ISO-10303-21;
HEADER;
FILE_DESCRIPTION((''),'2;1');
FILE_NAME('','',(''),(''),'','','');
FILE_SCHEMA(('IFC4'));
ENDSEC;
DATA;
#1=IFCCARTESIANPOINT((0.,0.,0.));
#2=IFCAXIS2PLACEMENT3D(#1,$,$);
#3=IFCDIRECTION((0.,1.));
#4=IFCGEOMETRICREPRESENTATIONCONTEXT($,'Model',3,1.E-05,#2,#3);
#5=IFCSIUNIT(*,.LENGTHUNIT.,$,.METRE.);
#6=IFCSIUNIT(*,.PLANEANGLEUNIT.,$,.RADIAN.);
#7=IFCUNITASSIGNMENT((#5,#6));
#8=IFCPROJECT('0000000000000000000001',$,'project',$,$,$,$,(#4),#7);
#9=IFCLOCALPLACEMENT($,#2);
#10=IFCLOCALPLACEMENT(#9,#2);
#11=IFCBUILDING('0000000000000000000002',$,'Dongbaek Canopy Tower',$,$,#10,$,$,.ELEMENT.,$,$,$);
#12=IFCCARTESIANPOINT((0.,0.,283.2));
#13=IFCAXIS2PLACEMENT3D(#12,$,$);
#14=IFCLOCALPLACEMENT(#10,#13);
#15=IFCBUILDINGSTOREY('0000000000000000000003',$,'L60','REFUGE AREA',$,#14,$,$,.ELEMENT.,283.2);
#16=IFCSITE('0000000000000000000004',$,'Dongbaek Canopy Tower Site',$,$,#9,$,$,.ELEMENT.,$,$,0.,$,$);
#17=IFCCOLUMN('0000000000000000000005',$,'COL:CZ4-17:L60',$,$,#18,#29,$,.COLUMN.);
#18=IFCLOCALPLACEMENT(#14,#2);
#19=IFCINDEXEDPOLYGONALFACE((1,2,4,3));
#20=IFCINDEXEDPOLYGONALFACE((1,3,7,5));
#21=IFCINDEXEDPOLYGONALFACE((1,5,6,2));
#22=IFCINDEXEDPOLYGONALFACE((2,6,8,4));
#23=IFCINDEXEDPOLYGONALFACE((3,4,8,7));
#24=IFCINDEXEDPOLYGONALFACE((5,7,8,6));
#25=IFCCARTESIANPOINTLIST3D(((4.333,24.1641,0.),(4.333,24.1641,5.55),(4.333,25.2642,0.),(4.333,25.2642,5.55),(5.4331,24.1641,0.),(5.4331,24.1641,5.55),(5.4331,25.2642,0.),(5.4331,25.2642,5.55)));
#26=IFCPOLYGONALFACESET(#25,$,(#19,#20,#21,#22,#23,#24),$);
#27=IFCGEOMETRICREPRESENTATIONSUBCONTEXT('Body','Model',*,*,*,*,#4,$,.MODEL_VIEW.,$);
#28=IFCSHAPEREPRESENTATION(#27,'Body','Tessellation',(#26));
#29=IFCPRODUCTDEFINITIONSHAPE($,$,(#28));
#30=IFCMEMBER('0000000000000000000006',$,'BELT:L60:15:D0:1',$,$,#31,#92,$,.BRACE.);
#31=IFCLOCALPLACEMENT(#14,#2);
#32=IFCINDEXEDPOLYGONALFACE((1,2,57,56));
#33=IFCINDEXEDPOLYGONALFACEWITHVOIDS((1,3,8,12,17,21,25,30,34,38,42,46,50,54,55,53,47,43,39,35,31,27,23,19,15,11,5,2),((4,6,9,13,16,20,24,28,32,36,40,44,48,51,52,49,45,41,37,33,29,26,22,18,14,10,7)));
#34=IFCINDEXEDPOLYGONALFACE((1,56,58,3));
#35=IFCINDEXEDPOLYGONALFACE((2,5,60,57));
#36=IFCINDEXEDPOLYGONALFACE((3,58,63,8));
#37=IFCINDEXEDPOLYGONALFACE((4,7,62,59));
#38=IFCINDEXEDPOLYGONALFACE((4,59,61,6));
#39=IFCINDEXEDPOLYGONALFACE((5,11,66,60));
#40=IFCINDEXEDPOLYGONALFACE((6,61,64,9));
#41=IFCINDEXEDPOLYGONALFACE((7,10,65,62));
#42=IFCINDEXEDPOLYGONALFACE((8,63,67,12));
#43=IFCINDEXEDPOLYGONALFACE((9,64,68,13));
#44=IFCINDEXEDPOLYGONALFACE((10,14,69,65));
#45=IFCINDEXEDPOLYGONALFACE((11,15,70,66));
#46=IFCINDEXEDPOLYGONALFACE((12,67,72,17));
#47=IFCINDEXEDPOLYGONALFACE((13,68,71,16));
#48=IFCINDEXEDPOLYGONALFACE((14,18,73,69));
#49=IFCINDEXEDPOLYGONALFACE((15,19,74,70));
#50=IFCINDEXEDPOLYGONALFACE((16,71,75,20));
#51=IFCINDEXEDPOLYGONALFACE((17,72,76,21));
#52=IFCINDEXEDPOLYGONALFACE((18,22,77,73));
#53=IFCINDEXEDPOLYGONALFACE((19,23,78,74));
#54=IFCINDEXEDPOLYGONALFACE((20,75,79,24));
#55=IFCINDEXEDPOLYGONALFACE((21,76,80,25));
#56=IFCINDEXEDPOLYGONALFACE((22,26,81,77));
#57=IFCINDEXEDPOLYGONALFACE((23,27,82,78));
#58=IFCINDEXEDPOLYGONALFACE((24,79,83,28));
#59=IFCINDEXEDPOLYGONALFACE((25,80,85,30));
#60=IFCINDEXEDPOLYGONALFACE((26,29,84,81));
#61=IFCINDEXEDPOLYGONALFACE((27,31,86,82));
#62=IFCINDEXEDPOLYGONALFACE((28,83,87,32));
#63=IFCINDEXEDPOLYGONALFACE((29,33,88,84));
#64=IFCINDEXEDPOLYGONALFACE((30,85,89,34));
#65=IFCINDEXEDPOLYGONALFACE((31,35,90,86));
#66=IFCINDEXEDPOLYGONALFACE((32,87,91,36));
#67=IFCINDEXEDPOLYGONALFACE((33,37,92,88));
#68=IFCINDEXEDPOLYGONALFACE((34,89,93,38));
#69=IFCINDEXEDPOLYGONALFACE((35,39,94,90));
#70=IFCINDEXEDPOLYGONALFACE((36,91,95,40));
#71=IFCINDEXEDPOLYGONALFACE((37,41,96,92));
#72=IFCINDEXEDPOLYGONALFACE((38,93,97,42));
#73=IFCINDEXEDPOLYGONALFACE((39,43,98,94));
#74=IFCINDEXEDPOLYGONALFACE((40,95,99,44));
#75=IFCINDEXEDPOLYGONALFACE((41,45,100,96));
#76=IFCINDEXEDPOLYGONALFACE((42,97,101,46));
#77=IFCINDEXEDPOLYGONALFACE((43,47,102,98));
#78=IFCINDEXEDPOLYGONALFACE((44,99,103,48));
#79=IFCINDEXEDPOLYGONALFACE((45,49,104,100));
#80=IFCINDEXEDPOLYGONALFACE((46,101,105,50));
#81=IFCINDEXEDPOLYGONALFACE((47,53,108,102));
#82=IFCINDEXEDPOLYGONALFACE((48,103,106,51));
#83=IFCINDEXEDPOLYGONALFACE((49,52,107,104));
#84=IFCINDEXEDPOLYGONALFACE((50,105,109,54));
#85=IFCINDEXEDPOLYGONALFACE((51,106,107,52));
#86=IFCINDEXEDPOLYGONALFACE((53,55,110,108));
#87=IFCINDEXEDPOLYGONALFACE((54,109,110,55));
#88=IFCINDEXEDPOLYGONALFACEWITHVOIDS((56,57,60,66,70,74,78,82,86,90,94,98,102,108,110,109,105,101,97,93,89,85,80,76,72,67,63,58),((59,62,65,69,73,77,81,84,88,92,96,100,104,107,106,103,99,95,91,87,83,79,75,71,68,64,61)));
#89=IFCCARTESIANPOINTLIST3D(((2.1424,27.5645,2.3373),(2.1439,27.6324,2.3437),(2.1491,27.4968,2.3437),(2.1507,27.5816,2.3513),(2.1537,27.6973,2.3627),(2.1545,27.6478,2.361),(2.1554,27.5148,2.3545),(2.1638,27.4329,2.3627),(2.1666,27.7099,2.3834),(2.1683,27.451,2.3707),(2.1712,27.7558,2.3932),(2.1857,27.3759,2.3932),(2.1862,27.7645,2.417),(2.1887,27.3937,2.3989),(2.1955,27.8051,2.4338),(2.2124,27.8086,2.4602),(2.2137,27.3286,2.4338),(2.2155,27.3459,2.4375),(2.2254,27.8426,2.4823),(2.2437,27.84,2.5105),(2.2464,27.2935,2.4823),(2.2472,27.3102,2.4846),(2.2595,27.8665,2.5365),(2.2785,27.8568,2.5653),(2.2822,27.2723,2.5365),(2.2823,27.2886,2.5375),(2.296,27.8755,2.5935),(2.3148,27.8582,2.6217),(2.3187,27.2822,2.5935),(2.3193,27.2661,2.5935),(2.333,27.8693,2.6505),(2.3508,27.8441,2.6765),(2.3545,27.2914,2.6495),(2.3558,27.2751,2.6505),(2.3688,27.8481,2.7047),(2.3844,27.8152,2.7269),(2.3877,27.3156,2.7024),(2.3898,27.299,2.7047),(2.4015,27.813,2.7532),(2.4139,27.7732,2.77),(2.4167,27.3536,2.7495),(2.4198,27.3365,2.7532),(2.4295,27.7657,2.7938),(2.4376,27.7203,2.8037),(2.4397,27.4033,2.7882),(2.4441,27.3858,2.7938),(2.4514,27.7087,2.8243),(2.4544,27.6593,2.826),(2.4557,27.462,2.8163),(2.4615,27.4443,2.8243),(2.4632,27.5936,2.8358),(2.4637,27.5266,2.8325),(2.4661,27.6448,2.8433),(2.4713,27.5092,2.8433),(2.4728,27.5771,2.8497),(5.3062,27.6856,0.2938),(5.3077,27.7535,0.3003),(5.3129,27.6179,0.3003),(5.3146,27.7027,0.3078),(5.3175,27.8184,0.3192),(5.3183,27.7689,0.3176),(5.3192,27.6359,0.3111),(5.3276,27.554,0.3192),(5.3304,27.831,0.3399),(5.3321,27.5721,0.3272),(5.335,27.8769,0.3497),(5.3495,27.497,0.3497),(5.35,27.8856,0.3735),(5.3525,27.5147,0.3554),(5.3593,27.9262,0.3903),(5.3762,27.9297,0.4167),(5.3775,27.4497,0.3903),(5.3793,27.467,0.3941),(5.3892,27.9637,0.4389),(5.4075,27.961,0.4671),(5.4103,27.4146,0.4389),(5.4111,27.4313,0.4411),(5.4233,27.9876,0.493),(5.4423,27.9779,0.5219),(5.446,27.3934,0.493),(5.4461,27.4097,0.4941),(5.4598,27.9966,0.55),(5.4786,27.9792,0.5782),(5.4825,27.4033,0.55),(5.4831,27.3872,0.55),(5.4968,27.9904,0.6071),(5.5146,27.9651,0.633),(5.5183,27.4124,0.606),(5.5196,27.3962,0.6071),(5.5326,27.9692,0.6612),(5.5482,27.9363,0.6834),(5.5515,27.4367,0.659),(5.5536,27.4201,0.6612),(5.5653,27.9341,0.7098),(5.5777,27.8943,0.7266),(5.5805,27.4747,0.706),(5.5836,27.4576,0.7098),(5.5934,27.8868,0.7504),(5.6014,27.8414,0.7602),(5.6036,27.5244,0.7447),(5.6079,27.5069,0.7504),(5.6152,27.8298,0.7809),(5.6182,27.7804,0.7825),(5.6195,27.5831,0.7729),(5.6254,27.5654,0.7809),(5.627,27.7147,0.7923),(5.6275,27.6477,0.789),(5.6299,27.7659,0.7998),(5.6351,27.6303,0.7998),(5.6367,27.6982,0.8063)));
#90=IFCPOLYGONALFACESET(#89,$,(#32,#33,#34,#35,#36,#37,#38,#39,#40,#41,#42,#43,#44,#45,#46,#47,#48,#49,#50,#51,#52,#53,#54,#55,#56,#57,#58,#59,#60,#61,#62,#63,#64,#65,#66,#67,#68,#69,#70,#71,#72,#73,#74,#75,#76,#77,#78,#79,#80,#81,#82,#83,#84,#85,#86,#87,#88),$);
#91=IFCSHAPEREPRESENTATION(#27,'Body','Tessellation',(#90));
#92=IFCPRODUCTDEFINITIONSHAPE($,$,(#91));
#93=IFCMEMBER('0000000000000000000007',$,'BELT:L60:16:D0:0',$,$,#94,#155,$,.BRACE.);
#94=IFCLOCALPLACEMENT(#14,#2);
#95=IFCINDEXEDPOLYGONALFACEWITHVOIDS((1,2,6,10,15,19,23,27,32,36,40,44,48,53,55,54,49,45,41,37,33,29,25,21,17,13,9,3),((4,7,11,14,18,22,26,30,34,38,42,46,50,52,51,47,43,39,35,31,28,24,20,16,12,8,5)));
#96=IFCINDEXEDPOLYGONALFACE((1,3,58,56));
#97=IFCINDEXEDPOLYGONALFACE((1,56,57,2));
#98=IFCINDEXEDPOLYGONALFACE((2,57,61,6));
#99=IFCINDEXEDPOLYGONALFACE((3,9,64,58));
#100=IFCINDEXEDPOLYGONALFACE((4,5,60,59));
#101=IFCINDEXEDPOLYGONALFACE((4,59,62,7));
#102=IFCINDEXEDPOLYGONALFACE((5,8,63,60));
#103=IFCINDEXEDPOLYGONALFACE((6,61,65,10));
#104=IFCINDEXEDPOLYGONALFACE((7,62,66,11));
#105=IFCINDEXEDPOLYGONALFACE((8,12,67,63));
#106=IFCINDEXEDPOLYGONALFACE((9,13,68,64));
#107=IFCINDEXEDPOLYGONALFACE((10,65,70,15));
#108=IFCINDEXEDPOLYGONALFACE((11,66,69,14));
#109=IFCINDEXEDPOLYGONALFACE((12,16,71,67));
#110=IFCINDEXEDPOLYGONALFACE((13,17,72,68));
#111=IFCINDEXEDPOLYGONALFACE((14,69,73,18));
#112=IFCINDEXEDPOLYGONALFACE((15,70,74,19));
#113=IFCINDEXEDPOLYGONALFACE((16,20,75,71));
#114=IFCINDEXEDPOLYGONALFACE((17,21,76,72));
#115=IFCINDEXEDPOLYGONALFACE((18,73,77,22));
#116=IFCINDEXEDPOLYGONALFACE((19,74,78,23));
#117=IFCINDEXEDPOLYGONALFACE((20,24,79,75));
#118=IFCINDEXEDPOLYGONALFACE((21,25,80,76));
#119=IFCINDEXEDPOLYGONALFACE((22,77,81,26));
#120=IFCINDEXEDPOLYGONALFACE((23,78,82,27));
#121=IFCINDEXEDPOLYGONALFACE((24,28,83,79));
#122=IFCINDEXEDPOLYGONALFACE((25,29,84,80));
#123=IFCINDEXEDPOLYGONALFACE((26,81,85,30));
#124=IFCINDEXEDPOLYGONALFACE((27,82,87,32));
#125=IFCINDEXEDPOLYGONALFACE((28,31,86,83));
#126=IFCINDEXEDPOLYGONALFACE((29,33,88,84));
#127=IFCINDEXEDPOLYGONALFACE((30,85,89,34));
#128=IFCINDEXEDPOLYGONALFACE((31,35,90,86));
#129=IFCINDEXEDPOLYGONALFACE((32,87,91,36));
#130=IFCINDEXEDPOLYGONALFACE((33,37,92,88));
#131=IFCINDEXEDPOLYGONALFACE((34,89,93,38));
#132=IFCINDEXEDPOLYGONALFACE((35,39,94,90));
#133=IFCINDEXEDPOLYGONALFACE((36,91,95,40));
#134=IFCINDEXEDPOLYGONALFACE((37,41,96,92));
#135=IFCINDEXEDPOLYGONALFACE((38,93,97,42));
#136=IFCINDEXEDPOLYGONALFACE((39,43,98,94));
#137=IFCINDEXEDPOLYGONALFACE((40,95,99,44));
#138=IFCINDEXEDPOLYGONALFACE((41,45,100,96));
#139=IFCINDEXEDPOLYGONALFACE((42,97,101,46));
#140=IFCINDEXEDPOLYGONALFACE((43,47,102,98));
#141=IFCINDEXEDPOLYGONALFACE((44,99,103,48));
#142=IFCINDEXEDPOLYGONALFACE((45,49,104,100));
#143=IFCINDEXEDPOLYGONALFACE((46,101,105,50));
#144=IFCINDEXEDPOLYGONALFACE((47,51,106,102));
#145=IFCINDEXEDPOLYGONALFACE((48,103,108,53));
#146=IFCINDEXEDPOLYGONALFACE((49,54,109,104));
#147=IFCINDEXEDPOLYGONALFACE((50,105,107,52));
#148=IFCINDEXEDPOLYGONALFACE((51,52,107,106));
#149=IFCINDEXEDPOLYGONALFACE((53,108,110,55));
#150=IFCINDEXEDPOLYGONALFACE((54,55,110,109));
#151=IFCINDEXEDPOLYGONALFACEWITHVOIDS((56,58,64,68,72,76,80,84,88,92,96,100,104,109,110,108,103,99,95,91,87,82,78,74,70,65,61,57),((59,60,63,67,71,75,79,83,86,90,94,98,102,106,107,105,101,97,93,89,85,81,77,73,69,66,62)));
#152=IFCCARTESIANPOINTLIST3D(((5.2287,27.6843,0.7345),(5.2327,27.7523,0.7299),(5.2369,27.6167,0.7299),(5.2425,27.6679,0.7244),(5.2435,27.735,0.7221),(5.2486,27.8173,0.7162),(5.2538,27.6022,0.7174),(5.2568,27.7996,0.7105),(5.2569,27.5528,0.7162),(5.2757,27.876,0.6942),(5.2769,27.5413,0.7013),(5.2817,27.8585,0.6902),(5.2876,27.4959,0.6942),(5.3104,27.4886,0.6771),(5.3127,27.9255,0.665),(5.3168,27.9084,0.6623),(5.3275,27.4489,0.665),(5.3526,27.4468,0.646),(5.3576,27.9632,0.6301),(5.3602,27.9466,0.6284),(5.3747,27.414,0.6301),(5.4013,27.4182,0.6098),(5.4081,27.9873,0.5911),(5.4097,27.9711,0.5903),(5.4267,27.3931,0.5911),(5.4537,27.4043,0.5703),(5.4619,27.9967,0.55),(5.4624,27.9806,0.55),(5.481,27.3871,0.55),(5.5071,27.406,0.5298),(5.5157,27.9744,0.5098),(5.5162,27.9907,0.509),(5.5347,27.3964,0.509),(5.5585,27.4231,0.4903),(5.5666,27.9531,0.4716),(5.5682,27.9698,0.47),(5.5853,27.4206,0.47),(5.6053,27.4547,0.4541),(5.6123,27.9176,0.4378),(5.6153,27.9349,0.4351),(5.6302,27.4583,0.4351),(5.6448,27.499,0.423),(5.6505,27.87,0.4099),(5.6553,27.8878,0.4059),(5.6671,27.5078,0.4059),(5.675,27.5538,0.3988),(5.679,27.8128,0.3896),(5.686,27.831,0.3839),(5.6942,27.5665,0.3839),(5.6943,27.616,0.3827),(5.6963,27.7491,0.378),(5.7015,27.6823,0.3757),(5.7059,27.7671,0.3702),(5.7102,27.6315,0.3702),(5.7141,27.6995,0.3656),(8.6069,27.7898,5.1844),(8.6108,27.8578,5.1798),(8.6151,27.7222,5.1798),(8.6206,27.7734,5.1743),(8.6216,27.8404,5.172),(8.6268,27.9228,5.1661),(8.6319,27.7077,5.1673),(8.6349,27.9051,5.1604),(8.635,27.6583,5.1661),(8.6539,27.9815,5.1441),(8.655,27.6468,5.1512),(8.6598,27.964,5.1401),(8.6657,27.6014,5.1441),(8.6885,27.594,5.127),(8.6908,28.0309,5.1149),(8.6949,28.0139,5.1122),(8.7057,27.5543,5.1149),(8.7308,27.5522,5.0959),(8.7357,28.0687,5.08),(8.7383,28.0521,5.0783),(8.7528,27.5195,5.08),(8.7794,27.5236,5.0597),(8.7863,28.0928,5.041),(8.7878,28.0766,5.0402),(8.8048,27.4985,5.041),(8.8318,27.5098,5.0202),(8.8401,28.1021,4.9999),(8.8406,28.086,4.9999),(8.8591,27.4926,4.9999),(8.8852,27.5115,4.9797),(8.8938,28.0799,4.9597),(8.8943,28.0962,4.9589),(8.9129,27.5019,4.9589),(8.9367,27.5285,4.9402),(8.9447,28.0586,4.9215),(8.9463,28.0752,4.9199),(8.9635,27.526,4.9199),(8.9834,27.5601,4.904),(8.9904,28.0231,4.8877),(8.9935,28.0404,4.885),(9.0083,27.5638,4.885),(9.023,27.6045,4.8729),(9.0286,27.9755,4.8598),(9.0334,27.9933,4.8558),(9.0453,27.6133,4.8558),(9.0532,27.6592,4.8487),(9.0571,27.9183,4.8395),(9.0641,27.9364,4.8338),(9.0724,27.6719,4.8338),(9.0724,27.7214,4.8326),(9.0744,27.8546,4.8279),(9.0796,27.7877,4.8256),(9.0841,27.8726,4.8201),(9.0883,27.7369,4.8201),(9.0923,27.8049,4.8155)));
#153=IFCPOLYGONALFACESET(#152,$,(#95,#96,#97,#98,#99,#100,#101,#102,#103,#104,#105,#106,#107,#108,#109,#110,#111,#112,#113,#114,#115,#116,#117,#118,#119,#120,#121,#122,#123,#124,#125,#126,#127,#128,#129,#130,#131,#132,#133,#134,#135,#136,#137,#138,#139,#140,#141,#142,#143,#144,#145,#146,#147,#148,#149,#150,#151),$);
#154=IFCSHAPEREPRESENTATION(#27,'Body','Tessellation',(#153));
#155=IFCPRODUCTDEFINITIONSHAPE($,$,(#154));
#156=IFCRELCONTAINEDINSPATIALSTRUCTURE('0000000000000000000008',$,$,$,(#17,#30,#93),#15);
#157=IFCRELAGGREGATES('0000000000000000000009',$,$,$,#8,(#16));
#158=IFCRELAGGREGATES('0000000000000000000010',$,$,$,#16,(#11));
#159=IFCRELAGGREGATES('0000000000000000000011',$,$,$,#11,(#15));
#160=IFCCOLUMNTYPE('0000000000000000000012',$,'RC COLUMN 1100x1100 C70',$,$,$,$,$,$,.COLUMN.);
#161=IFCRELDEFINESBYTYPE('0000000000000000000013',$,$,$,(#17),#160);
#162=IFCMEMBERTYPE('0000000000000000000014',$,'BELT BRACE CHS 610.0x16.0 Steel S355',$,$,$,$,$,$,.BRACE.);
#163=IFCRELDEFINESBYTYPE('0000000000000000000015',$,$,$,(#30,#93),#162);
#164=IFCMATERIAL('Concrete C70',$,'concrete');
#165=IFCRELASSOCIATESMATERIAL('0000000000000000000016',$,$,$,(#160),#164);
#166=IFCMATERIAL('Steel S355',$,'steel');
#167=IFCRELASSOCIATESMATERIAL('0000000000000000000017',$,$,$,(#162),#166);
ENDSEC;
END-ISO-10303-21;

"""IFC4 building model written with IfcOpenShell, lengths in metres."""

from ifc_helpers import new_model, si_unit, direction, frame, origin, origin_2d, place, context, subcontext, project, spatial, rectangle, hollow_circle, extrude, material, material_profile, profile_set, type_object, element, save


model = new_model("IFC4")

# Units and contexts
model_context = context("Model", 3, precision=1e-05, world=origin(), true_north=direction((0.0, 1.0)))
body_context = subcontext(model_context, "Body", "Model", "MODEL_VIEW")
ifc_project = project(units=[si_unit("LENGTHUNIT", "METRE"), si_unit("PLANEANGLEUNIT", "RADIAN")], contexts=[model_context])

# Site, building, storey
site_placement = place(None, origin())
site = spatial("IfcSite", under=ifc_project, at=site_placement, Name="Dongbaek Canopy Tower Site", CompositionType="ELEMENT", RefElevation=0.0)
building_placement = place(site_placement, origin())
building = spatial("IfcBuilding", under=site, at=building_placement, Name="Dongbaek Canopy Tower", CompositionType="ELEMENT")
storey_placement = place(building_placement, frame((0.0, 0.0, 283.2)))
storey = spatial("IfcBuildingStorey", under=building, at=storey_placement, Name="L60", Description="REFUGE AREA", CompositionType="ELEMENT", Elevation=283.2)

# Column
ifc_material_1 = material(Name="Concrete C70", Category="concrete")
ifc_material_profile_1 = material_profile(ifc_material_1, rectangle(XDim=1.1001, YDim=1.1001, at=origin_2d()), Name="RC COLUMN 1100x1100 C70")
ifc_profile_set_1 = profile_set([ifc_material_profile_1], Name="Concrete C70")
column_type = type_object("IfcColumnType", Name="RC COLUMN 1100x1100 C70", PredefinedType="COLUMN", material=ifc_profile_set_1)
column_placement = place(storey_placement, frame((4.8831, 24.7141, 0.0), z_axis=(0.0, 0.0, 1.0), x_axis=(1.0, 0.0, 0.0)))
element("IfcColumn", 1, at=column_placement, inside=storey, type_object=column_type, Name="COL:CZ4-17:L60", PredefinedType="COLUMN", context=body_context, shape_type="SweptSolid", body=[
    extrude(rectangle(XDim=1.1001, YDim=1.1001, at=origin_2d()), origin(), (0.0, 0.0, 1.0), 5.55),
])

# Members
ifc_material_2 = material(Name="Steel S355", Category="steel")
ifc_material_profile_2 = material_profile(ifc_material_2, hollow_circle(Radius=0.3049, WallThickness=0.0161, at=origin_2d()), Name="BELT BRACE CHS 610.0x16.0 Steel S355")
ifc_profile_set_2 = profile_set([ifc_material_profile_2], Name="Steel S355")
member_type_1 = type_object("IfcMemberType", Name="BELT BRACE CHS 610.0x16.0 Steel S355", PredefinedType="BRACE", material=ifc_profile_set_2)
member_1_placement = place(storey_placement, frame((5.4714, 27.6919, 0.55), z_axis=(-0.839586, -0.032135, 0.542275), x_axis=(0.038247, -0.999268, 0.0)))
element("IfcMember", 2, at=member_1_placement, inside=storey, type_object=member_type_1, Name="BELT:L60:15:D0:1", PredefinedType="BRACE", context=body_context, shape_type="SweptSolid", body=[
    extrude(hollow_circle(Radius=0.3049, WallThickness=0.0161, at=origin_2d()), origin(), (0.0, 0.0, 1.0), 3.7683),
])
member_2_placement = place(storey_placement, frame((5.4714, 27.6919, 0.55), z_axis=(0.604546, 0.018874, 0.796347), x_axis=(-0.031205, 0.999513, 0.0)))
element("IfcMember", 3, at=member_2_placement, inside=storey, type_object=member_type_1, Name="BELT:L60:16:D0:0", PredefinedType="BRACE", context=body_context, shape_type="SweptSolid", body=[
    extrude(hollow_circle(Radius=0.3049, WallThickness=0.0161, at=origin_2d()), origin(), (0.0, 0.0, 1.0), 5.5879),
])

save(model, "model.ifc")
